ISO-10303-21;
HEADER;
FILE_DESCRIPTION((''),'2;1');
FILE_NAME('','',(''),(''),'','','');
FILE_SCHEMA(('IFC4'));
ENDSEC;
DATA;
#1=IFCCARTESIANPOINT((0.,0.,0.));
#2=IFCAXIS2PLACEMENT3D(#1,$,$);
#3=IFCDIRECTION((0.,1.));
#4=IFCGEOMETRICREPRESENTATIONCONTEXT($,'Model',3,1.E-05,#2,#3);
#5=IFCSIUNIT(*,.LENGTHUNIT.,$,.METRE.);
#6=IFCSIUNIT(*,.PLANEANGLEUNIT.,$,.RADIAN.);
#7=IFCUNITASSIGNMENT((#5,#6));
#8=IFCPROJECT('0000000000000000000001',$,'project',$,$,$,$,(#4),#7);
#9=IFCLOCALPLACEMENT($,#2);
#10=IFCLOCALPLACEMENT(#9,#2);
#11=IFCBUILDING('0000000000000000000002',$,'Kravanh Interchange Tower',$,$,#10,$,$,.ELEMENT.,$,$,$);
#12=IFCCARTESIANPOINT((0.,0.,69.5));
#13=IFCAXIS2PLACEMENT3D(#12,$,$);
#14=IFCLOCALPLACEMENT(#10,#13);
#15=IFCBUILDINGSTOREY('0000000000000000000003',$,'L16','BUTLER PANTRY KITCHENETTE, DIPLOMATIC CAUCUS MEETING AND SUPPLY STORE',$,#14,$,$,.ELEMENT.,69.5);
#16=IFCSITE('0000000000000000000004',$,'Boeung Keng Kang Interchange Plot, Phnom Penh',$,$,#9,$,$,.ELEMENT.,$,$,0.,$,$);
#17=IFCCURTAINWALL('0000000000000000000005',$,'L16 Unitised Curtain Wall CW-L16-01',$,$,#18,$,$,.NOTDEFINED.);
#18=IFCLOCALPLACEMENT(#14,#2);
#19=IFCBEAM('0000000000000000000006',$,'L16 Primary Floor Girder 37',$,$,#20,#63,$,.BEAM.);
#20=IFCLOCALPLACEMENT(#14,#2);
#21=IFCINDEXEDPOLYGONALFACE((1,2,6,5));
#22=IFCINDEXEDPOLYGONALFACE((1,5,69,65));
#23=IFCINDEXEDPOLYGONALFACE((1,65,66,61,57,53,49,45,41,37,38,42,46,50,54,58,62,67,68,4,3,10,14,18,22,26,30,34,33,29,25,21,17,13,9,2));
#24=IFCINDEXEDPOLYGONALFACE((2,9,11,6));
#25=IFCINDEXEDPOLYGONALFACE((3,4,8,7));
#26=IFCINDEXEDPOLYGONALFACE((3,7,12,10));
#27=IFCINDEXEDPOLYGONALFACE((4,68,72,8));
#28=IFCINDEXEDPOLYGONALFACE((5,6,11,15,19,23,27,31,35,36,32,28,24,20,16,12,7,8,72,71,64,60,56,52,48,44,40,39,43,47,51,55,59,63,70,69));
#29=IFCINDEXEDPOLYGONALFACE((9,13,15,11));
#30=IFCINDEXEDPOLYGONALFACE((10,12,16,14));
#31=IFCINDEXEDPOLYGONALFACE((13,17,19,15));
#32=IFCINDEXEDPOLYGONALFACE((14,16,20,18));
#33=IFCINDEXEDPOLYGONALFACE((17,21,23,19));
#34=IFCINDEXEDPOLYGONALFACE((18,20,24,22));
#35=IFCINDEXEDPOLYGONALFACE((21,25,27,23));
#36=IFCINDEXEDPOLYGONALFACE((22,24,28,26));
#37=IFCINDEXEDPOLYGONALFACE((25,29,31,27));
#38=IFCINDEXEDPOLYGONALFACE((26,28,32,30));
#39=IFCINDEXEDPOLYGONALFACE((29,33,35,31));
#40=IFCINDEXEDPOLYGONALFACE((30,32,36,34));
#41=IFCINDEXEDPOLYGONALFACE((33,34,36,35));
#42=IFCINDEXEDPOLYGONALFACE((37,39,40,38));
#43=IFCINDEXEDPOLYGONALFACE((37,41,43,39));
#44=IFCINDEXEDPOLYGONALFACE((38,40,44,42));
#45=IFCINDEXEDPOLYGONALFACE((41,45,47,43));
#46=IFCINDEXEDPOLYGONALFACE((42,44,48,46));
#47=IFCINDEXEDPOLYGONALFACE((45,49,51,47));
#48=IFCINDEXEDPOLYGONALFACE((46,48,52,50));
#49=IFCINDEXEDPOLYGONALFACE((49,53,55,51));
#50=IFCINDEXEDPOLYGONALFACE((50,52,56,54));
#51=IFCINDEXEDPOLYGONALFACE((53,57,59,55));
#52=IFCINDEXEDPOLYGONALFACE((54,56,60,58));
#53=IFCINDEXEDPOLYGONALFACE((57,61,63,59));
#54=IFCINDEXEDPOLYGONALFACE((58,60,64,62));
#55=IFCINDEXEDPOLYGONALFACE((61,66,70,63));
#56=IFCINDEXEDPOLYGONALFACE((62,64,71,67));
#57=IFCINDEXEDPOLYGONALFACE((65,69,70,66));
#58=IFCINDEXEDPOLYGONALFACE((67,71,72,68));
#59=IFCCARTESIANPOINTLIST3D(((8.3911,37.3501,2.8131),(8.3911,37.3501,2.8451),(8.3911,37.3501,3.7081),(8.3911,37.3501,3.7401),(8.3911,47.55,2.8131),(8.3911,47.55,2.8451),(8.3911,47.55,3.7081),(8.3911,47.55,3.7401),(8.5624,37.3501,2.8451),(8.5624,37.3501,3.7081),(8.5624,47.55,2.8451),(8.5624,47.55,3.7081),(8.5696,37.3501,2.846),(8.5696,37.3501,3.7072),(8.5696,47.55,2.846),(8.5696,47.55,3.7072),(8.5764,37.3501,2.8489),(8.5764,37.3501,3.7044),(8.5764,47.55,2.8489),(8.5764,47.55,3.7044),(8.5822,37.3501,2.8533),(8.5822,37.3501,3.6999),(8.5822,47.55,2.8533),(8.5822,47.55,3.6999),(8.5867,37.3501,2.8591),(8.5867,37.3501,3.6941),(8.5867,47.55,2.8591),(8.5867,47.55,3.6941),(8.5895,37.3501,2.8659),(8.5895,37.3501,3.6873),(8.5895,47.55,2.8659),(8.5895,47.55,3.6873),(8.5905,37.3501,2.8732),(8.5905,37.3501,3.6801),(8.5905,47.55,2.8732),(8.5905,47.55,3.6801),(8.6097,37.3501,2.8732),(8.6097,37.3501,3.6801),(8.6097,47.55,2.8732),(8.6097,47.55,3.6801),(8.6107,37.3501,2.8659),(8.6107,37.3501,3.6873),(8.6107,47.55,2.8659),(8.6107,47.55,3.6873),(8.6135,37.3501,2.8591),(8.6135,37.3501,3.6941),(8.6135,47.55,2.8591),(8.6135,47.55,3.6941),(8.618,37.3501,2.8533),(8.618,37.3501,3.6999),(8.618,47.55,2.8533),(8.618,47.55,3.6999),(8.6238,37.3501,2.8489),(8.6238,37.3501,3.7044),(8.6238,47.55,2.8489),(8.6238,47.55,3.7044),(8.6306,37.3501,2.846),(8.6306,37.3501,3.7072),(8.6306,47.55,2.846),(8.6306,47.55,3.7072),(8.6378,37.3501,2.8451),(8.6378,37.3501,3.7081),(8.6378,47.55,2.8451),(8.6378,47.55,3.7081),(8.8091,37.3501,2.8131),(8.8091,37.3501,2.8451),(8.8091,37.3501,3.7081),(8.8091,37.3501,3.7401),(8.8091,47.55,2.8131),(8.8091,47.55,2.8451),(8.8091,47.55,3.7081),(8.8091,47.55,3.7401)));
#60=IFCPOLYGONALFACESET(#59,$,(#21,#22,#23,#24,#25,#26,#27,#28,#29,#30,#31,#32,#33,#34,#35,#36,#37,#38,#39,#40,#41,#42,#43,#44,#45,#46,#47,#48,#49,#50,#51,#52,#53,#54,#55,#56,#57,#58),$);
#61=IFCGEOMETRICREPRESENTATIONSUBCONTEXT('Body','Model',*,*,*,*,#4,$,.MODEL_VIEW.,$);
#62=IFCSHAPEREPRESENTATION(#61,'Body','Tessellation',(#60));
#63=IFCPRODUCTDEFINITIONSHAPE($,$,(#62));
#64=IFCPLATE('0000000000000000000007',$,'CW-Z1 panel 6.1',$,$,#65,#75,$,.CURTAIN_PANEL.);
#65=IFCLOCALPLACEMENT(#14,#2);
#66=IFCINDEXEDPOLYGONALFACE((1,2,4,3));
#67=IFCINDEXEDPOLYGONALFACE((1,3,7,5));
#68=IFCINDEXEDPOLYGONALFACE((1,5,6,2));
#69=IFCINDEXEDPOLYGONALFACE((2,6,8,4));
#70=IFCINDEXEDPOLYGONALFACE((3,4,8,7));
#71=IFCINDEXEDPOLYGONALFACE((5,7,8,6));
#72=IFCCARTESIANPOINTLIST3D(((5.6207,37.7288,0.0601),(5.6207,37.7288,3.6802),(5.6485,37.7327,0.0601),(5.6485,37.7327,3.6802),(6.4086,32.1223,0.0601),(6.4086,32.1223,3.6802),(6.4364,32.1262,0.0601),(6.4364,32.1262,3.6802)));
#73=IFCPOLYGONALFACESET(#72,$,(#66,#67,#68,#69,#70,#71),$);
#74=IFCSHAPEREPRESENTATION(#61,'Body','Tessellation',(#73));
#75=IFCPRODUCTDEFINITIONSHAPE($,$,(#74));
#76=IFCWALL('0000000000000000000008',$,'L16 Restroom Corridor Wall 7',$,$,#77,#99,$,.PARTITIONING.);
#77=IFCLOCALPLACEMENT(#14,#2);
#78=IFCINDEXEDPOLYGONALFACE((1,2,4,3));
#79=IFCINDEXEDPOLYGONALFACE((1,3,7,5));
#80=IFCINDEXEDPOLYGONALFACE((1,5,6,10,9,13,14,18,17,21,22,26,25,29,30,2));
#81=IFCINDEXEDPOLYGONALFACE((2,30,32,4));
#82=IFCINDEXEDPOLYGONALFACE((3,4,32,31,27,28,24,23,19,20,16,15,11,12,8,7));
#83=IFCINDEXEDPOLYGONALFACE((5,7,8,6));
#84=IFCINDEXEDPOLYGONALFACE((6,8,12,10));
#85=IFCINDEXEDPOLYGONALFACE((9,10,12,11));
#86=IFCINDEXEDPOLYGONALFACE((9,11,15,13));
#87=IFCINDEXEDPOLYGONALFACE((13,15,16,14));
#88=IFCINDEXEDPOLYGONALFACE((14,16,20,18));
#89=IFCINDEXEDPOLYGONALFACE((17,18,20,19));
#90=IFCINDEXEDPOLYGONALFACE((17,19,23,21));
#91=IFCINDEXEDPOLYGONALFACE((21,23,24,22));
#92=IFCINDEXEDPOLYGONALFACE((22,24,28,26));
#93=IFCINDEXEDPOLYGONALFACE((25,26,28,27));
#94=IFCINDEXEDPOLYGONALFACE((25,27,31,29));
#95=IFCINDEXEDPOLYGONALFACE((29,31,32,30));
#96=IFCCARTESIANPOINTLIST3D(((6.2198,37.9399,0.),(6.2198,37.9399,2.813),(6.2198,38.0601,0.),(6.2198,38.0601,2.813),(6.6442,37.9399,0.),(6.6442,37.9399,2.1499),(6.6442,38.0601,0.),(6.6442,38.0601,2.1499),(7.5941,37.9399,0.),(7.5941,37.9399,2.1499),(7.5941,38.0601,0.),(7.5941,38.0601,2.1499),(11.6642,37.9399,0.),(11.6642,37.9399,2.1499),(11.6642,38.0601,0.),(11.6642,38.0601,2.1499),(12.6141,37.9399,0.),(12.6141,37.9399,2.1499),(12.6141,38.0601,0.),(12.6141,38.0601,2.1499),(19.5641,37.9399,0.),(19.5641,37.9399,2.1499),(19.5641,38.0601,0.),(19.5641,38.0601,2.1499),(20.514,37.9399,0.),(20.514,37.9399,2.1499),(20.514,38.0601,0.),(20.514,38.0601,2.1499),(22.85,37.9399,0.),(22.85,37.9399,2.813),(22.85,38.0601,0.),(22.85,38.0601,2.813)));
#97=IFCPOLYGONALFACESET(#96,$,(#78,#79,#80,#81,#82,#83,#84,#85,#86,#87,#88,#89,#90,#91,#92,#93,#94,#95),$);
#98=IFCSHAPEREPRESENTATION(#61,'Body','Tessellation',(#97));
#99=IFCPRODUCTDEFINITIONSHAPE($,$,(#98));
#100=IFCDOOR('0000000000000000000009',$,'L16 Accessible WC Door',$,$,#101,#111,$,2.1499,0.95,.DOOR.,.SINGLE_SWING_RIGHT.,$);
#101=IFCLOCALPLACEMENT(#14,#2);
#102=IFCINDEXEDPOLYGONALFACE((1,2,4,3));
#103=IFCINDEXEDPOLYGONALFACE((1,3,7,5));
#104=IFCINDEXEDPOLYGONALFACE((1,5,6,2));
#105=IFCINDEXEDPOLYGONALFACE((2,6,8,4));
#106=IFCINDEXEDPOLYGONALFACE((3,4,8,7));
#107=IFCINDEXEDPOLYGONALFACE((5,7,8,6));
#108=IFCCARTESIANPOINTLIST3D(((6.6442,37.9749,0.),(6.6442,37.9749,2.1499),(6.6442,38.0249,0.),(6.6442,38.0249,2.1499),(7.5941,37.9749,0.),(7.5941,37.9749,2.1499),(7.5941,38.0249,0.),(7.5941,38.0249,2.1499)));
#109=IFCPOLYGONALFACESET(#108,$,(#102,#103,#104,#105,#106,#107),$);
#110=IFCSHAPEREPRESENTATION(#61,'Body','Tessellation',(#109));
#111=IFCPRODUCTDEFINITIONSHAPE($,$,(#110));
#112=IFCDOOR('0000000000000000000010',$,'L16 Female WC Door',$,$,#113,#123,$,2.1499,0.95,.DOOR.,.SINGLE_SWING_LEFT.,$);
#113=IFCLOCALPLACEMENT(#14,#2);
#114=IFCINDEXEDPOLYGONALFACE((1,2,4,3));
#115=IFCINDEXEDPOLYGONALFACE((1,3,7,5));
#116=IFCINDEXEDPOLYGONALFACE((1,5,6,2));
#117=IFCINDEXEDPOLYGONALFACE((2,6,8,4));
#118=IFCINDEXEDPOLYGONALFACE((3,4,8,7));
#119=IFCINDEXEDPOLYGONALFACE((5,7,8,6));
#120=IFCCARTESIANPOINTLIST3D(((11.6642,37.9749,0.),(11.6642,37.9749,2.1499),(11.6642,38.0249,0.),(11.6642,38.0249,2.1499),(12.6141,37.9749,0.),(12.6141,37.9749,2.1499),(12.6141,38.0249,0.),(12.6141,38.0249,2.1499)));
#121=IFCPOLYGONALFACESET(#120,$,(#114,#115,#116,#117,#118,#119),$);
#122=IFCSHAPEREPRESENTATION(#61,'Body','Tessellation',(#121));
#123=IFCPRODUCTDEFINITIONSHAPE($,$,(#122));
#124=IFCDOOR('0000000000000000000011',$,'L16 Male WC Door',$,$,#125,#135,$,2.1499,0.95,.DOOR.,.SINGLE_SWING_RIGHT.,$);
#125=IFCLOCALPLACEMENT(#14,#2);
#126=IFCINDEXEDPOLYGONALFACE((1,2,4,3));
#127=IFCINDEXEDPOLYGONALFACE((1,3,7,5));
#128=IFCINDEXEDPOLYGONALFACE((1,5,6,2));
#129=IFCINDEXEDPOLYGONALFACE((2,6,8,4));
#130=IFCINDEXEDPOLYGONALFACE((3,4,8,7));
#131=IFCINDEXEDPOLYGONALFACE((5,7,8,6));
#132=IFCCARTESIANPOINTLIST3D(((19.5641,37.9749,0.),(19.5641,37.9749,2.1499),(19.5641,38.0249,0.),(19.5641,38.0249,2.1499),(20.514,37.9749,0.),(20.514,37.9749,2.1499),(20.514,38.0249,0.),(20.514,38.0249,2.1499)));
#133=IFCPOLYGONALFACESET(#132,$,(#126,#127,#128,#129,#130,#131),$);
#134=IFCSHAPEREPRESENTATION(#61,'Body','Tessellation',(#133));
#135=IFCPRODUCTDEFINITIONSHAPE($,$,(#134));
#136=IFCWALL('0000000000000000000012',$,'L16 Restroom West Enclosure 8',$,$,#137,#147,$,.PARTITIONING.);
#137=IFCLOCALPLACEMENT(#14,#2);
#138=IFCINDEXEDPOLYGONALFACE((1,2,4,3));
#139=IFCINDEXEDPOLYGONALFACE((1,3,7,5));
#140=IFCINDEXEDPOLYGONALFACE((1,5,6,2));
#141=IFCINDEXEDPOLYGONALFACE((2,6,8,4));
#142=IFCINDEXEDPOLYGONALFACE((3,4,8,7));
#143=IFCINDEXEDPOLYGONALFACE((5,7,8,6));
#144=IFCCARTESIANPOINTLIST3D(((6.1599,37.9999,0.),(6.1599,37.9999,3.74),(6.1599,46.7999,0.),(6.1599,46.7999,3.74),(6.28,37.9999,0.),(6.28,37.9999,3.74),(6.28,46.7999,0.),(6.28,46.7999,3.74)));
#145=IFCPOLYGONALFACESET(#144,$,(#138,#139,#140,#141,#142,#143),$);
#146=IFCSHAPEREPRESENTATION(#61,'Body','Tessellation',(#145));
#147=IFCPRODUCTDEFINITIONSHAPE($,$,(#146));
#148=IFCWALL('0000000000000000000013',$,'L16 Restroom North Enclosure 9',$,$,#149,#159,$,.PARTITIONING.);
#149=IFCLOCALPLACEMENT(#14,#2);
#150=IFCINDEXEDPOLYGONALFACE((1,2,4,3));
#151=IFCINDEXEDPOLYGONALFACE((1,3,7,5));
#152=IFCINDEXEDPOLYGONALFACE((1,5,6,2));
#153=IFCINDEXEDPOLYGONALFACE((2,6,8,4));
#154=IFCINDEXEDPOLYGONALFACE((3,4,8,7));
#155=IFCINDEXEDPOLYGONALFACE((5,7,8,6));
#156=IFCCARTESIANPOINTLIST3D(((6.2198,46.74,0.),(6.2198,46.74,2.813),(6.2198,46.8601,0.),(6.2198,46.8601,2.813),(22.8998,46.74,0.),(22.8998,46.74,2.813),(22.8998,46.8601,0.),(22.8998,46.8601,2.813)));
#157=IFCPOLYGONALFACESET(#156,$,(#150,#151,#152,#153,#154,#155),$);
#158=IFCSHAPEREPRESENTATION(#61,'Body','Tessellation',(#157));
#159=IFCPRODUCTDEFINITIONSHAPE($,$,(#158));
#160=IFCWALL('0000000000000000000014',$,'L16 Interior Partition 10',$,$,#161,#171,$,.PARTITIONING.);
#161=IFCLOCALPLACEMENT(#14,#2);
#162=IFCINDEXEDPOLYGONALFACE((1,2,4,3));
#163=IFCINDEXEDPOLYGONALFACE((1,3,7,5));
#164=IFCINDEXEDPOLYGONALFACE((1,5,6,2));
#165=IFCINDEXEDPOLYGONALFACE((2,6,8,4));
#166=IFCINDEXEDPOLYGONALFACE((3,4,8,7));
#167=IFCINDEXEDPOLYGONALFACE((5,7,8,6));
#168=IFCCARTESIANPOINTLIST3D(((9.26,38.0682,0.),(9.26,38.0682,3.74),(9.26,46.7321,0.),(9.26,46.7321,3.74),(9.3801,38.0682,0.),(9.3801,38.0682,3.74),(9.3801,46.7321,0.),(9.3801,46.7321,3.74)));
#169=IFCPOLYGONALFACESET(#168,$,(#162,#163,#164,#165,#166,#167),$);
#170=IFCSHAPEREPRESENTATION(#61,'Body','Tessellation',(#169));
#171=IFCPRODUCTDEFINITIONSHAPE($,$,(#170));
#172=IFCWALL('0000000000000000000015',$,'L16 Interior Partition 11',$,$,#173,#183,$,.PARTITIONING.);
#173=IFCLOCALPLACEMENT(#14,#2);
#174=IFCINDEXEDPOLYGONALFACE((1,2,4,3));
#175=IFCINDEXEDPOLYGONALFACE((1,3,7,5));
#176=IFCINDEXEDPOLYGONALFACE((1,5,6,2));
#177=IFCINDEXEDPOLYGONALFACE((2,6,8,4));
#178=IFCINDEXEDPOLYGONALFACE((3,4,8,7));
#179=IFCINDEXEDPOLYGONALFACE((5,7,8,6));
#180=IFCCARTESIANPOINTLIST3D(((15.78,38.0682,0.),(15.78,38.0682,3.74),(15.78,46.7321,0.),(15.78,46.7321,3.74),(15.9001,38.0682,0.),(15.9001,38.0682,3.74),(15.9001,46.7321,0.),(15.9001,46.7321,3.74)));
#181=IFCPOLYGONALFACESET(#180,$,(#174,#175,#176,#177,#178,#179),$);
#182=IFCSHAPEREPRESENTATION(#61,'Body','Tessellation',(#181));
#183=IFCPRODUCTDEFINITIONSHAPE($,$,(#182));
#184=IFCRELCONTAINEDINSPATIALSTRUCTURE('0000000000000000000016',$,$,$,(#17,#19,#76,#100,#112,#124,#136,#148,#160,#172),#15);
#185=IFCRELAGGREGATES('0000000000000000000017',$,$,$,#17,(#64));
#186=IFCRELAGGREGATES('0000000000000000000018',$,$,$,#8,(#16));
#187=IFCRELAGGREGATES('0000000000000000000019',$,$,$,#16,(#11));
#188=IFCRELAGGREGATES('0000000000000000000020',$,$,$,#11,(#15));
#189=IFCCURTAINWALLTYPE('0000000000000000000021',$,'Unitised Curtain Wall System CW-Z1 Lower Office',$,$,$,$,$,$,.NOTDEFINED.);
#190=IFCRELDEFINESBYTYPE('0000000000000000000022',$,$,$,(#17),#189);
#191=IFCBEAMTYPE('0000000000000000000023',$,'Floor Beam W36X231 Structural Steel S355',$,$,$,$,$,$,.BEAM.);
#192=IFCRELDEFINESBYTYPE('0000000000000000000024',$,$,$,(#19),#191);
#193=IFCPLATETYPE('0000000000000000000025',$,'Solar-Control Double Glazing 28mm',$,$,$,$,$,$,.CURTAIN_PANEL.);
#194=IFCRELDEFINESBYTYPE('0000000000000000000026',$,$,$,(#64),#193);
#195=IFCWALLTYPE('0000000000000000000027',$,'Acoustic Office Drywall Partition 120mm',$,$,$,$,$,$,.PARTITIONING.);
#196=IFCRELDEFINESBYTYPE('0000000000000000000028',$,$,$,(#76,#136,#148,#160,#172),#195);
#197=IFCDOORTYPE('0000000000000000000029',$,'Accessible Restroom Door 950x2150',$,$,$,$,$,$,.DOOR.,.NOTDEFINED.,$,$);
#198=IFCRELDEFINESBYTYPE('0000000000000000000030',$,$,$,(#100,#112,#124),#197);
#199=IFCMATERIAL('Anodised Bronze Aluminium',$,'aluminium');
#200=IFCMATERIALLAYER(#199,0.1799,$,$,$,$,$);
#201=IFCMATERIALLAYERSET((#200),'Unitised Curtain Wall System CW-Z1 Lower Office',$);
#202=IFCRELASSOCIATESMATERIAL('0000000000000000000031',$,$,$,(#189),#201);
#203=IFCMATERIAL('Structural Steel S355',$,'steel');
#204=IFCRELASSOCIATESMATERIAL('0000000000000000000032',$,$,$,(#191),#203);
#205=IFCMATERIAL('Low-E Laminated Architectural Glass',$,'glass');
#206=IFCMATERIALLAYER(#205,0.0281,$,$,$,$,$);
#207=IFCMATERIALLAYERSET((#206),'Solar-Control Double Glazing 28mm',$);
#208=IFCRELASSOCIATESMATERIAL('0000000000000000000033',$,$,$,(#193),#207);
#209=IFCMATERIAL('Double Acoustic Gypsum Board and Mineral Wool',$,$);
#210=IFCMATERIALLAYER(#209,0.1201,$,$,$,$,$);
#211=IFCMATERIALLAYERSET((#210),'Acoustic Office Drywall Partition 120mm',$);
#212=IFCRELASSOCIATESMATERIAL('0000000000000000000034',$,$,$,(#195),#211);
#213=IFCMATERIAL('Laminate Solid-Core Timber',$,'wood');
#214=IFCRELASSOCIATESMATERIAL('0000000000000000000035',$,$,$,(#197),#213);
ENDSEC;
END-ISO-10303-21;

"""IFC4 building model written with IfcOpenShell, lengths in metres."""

from ifc_helpers import new_model, si_unit, direction, frame, frame_2d, origin, origin_2d, place, context, subcontext, project, spatial, rectangle, i_section, extrude, material, layer, layer_set, material_profile, profile_set, type_object, element, fill, aggregate, save


model = new_model("IFC4")

# Units and contexts
model_context = context("Model", 3, precision=1e-05, world=origin(), true_north=direction((0.0, 1.0)))
body_context = subcontext(model_context, "Body", "Model", "MODEL_VIEW")
ifc_project = project(units=[si_unit("LENGTHUNIT", "METRE"), si_unit("PLANEANGLEUNIT", "RADIAN")], contexts=[model_context])

# Site, building, storey
site_placement = place(None, origin())
site = spatial("IfcSite", under=ifc_project, at=site_placement, Name="Boeung Keng Kang Interchange Plot, Phnom Penh", CompositionType="ELEMENT", RefElevation=0.0)
building_placement = place(site_placement, origin())
building = spatial("IfcBuilding", under=site, at=building_placement, Name="Kravanh Interchange Tower", CompositionType="ELEMENT")
storey_placement = place(building_placement, frame((0.0, 0.0, 69.5)))
storey = spatial("IfcBuildingStorey", under=building, at=storey_placement, Name="L16", Description="BUTLER PANTRY KITCHENETTE, DIPLOMATIC CAUCUS MEETING AND SUPPLY STORE", CompositionType="ELEMENT", Elevation=69.5)

# Curtain wall
ifc_material_1 = material(Name="Anodised Bronze Aluminium", Category="aluminium")
ifc_layer_1 = layer(ifc_material_1, 0.1799)
ifc_layer_set_1 = layer_set([ifc_layer_1], Name="Unitised Curtain Wall System CW-Z1 Lower Office")
curtain_wall_type = type_object("IfcCurtainWallType", Name="Unitised Curtain Wall System CW-Z1 Lower Office", PredefinedType="NOTDEFINED", material=ifc_layer_set_1)
curtain_wall_placement = place(storey_placement, origin())
curtain_wall = element("IfcCurtainWall", 1, at=curtain_wall_placement, inside=storey, type_object=curtain_wall_type, Name="L16 Unitised Curtain Wall CW-L16-01", PredefinedType="NOTDEFINED")

# Beam
ifc_material_2 = material(Name="Structural Steel S355", Category="steel")
ifc_material_profile_1 = material_profile(ifc_material_2, i_section(OverallWidth=0.418, OverallDepth=0.927, WebThickness=0.0193, FlangeThickness=0.032, FilletRadius=0.0281, at=origin_2d()), Name="W36X231")
ifc_profile_set_1 = profile_set([ifc_material_profile_1], Name="Structural Steel S355")
beam_type = type_object("IfcBeamType", Name="Floor Beam W36X231 Structural Steel S355", PredefinedType="BEAM", material=ifc_profile_set_1)
beam_1_placement = place(storey_placement, frame((8.6001, 37.3501, 3.2766), z_axis=(0.0, 1.0, 0.0), x_axis=(-1.0, 0.0, 0.0)))
element("IfcBeam", 2, at=beam_1_placement, inside=storey, type_object=beam_type, Name="L16 Primary Floor Girder 37", PredefinedType="BEAM", context=body_context, shape_type="SweptSolid", body=[
    extrude(i_section(OverallWidth=0.418, OverallDepth=0.927, WebThickness=0.0193, FlangeThickness=0.032, FilletRadius=0.0281, at=origin_2d()), origin(), (0.0, 0.0, 1.0), 10.2),
])

# Plate
ifc_material_3 = material(Name="Low-E Laminated Architectural Glass", Category="glass")
ifc_layer_2 = layer(ifc_material_3, 0.0281)
ifc_layer_set_2 = layer_set([ifc_layer_2], Name="Solar-Control Double Glazing 28mm")
plate_type = type_object("IfcPlateType", Name="Solar-Control Double Glazing 28mm", PredefinedType="CURTAIN_PANEL", material=ifc_layer_set_2)
plate_placement = place(storey_placement, frame((6.0286, 34.9275, 0.0601), z_axis=(0.0, 0.0, 1.0), x_axis=(-0.139177, 0.990268, 0.0)))
plate = element("IfcPlate", 3, at=plate_placement, type_object=plate_type, Name="CW-Z1 panel 6.1", PredefinedType="CURTAIN_PANEL", context=body_context, shape_type="SweptSolid", body=[
    extrude(rectangle(XDim=5.6616, YDim=0.0281, at=origin_2d()), origin(), (0.0, 0.0, 1.0), 3.6201),
])
aggregate(curtain_wall, [plate])

# Wall, openings, doors
ifc_material_4 = material(Name="Double Acoustic Gypsum Board and Mineral Wool")
ifc_layer_3 = layer(ifc_material_4, 0.1201)
ifc_layer_set_3 = layer_set([ifc_layer_3], Name="Acoustic Office Drywall Partition 120mm")
wall_type_1 = type_object("IfcWallType", Name="Acoustic Office Drywall Partition 120mm", PredefinedType="PARTITIONING", material=ifc_layer_set_3)
wall_1_placement = place(storey_placement, frame((6.22, 38.0, 0.0), z_axis=(0.0, 0.0, 1.0), x_axis=(1.0, 0.0, 0.0)))
wall_1 = element("IfcWall", 4, at=wall_1_placement, inside=storey, type_object=wall_type_1, Name="L16 Restroom Corridor Wall 7", PredefinedType="PARTITIONING", context=body_context, shape_type="SweptSolid", body=[
    extrude(rectangle(XDim=16.6301, YDim=0.1201, at=frame_2d((8.3149, 0.0))), origin(), (0.0, 0.0, 1.0), 2.813),
])
opening_1_placement = place(wall_1_placement, frame((0.4241, 0.0, 0.0)))
opening_1 = element("IfcOpeningElement", 5, at=opening_1_placement, cuts=wall_1, PredefinedType="OPENING", context=body_context, shape_type="SweptSolid", body=[
    extrude(rectangle(XDim=0.95, YDim=2.1499, at=frame_2d((0.4751, 1.075))), frame((0.0, 0.0701, 0.0), z_axis=(0.0, -1.0, 0.0), x_axis=(1.0, 0.0, 0.0)), (0.0, 0.0, 1.0), 0.1401),
])
opening_2_placement = place(wall_1_placement, frame((5.4441, 0.0, 0.0)))
opening_2 = element("IfcOpeningElement", 6, at=opening_2_placement, cuts=wall_1, PredefinedType="OPENING", context=body_context, shape_type="SweptSolid", body=[
    extrude(rectangle(XDim=0.95, YDim=2.1499, at=frame_2d((0.4751, 1.075))), frame((0.0, 0.0701, 0.0), z_axis=(0.0, -1.0, 0.0), x_axis=(1.0, 0.0, 0.0)), (0.0, 0.0, 1.0), 0.1401),
])
opening_3_placement = place(wall_1_placement, frame((13.344, 0.0, 0.0)))
opening_3 = element("IfcOpeningElement", 7, at=opening_3_placement, cuts=wall_1, PredefinedType="OPENING", context=body_context, shape_type="SweptSolid", body=[
    extrude(rectangle(XDim=0.95, YDim=2.1499, at=frame_2d((0.4751, 1.075))), frame((0.0, 0.0701, 0.0), z_axis=(0.0, -1.0, 0.0), x_axis=(1.0, 0.0, 0.0)), (0.0, 0.0, 1.0), 0.1401),
])
ifc_material_5 = material(Name="Laminate Solid-Core Timber", Category="wood")
door_type = type_object("IfcDoorType", Name="Accessible Restroom Door 950x2150", OperationType="NOTDEFINED", PredefinedType="DOOR", material=ifc_material_5)
door_1_placement = place(opening_1_placement, origin())
door_1 = element("IfcDoor", 8, at=door_1_placement, inside=storey, type_object=door_type, Name="L16 Accessible WC Door", OperationType="SINGLE_SWING_RIGHT", OverallHeight=2.1499, OverallWidth=0.95, PredefinedType="DOOR", context=body_context, shape_type="SweptSolid", body=[
    extrude(rectangle(XDim=0.95, YDim=2.1499, at=frame_2d((0.4751, 1.075))), frame((0.0, 0.0249, 0.0), z_axis=(0.0, -1.0, 0.0), x_axis=(1.0, 0.0, 0.0)), (0.0, 0.0, 1.0), 0.05),
])
fill(opening_1, door_1)
door_2_placement = place(opening_2_placement, origin())
door_2 = element("IfcDoor", 9, at=door_2_placement, inside=storey, type_object=door_type, Name="L16 Female WC Door", OperationType="SINGLE_SWING_LEFT", OverallHeight=2.1499, OverallWidth=0.95, PredefinedType="DOOR", context=body_context, shape_type="SweptSolid", body=[
    extrude(rectangle(XDim=0.95, YDim=2.1499, at=frame_2d((0.4751, 1.075))), frame((0.0, 0.0249, 0.0), z_axis=(0.0, -1.0, 0.0), x_axis=(1.0, 0.0, 0.0)), (0.0, 0.0, 1.0), 0.05),
])
fill(opening_2, door_2)
door_3_placement = place(opening_3_placement, origin())
door_3 = element("IfcDoor", 10, at=door_3_placement, inside=storey, type_object=door_type, Name="L16 Male WC Door", OperationType="SINGLE_SWING_RIGHT", OverallHeight=2.1499, OverallWidth=0.95, PredefinedType="DOOR", context=body_context, shape_type="SweptSolid", body=[
    extrude(rectangle(XDim=0.95, YDim=2.1499, at=frame_2d((0.4751, 1.075))), frame((0.0, 0.0249, 0.0), z_axis=(0.0, -1.0, 0.0), x_axis=(1.0, 0.0, 0.0)), (0.0, 0.0, 1.0), 0.05),
])
fill(opening_3, door_3)

# Walls
wall_2_placement = place(storey_placement, frame((6.22, 38.0, 0.0), z_axis=(0.0, 0.0, 1.0), x_axis=(0.0, 1.0, 0.0)))
element("IfcWall", 11, at=wall_2_placement, inside=storey, type_object=wall_type_1, Name="L16 Restroom West Enclosure 8", PredefinedType="PARTITIONING", context=body_context, shape_type="SweptSolid", body=[
    extrude(rectangle(XDim=8.8, YDim=0.1201, at=frame_2d((4.3999, 0.0))), origin(), (0.0, 0.0, 1.0), 3.74),
])
wall_3_placement = place(storey_placement, frame((6.22, 46.8, 0.0), z_axis=(0.0, 0.0, 1.0), x_axis=(1.0, 0.0, 0.0)))
element("IfcWall", 12, at=wall_3_placement, inside=storey, type_object=wall_type_1, Name="L16 Restroom North Enclosure 9", PredefinedType="PARTITIONING", context=body_context, shape_type="SweptSolid", body=[
    extrude(rectangle(XDim=16.6799, YDim=0.1201, at=frame_2d((8.3398, 0.0))), origin(), (0.0, 0.0, 1.0), 2.813),
])
for number, where, z_axis, x_axis, name in (
    (13, (9.3201, 38.0681, 0.0), (0.0, 0.0, 1.0), (0.0, 1.0, 0.0), "L16 Interior Partition 10"),
    (14, (15.8401, 38.0681, 0.0), (0.0, 0.0, 1.0), (0.0, 1.0, 0.0), "L16 Interior Partition 11"),
):
    element("IfcWall", number, at=place(storey_placement, frame(where, z_axis=z_axis, x_axis=x_axis)), inside=storey, type_object=wall_type_1, Name=name, PredefinedType="PARTITIONING", context=body_context, shape_type="SweptSolid", body=[
        extrude(rectangle(XDim=8.6638, YDim=0.1201, at=frame_2d((4.332, 0.0))), origin(), (0.0, 0.0, 1.0), 3.74),
    ])

save(model, "model.ifc")
